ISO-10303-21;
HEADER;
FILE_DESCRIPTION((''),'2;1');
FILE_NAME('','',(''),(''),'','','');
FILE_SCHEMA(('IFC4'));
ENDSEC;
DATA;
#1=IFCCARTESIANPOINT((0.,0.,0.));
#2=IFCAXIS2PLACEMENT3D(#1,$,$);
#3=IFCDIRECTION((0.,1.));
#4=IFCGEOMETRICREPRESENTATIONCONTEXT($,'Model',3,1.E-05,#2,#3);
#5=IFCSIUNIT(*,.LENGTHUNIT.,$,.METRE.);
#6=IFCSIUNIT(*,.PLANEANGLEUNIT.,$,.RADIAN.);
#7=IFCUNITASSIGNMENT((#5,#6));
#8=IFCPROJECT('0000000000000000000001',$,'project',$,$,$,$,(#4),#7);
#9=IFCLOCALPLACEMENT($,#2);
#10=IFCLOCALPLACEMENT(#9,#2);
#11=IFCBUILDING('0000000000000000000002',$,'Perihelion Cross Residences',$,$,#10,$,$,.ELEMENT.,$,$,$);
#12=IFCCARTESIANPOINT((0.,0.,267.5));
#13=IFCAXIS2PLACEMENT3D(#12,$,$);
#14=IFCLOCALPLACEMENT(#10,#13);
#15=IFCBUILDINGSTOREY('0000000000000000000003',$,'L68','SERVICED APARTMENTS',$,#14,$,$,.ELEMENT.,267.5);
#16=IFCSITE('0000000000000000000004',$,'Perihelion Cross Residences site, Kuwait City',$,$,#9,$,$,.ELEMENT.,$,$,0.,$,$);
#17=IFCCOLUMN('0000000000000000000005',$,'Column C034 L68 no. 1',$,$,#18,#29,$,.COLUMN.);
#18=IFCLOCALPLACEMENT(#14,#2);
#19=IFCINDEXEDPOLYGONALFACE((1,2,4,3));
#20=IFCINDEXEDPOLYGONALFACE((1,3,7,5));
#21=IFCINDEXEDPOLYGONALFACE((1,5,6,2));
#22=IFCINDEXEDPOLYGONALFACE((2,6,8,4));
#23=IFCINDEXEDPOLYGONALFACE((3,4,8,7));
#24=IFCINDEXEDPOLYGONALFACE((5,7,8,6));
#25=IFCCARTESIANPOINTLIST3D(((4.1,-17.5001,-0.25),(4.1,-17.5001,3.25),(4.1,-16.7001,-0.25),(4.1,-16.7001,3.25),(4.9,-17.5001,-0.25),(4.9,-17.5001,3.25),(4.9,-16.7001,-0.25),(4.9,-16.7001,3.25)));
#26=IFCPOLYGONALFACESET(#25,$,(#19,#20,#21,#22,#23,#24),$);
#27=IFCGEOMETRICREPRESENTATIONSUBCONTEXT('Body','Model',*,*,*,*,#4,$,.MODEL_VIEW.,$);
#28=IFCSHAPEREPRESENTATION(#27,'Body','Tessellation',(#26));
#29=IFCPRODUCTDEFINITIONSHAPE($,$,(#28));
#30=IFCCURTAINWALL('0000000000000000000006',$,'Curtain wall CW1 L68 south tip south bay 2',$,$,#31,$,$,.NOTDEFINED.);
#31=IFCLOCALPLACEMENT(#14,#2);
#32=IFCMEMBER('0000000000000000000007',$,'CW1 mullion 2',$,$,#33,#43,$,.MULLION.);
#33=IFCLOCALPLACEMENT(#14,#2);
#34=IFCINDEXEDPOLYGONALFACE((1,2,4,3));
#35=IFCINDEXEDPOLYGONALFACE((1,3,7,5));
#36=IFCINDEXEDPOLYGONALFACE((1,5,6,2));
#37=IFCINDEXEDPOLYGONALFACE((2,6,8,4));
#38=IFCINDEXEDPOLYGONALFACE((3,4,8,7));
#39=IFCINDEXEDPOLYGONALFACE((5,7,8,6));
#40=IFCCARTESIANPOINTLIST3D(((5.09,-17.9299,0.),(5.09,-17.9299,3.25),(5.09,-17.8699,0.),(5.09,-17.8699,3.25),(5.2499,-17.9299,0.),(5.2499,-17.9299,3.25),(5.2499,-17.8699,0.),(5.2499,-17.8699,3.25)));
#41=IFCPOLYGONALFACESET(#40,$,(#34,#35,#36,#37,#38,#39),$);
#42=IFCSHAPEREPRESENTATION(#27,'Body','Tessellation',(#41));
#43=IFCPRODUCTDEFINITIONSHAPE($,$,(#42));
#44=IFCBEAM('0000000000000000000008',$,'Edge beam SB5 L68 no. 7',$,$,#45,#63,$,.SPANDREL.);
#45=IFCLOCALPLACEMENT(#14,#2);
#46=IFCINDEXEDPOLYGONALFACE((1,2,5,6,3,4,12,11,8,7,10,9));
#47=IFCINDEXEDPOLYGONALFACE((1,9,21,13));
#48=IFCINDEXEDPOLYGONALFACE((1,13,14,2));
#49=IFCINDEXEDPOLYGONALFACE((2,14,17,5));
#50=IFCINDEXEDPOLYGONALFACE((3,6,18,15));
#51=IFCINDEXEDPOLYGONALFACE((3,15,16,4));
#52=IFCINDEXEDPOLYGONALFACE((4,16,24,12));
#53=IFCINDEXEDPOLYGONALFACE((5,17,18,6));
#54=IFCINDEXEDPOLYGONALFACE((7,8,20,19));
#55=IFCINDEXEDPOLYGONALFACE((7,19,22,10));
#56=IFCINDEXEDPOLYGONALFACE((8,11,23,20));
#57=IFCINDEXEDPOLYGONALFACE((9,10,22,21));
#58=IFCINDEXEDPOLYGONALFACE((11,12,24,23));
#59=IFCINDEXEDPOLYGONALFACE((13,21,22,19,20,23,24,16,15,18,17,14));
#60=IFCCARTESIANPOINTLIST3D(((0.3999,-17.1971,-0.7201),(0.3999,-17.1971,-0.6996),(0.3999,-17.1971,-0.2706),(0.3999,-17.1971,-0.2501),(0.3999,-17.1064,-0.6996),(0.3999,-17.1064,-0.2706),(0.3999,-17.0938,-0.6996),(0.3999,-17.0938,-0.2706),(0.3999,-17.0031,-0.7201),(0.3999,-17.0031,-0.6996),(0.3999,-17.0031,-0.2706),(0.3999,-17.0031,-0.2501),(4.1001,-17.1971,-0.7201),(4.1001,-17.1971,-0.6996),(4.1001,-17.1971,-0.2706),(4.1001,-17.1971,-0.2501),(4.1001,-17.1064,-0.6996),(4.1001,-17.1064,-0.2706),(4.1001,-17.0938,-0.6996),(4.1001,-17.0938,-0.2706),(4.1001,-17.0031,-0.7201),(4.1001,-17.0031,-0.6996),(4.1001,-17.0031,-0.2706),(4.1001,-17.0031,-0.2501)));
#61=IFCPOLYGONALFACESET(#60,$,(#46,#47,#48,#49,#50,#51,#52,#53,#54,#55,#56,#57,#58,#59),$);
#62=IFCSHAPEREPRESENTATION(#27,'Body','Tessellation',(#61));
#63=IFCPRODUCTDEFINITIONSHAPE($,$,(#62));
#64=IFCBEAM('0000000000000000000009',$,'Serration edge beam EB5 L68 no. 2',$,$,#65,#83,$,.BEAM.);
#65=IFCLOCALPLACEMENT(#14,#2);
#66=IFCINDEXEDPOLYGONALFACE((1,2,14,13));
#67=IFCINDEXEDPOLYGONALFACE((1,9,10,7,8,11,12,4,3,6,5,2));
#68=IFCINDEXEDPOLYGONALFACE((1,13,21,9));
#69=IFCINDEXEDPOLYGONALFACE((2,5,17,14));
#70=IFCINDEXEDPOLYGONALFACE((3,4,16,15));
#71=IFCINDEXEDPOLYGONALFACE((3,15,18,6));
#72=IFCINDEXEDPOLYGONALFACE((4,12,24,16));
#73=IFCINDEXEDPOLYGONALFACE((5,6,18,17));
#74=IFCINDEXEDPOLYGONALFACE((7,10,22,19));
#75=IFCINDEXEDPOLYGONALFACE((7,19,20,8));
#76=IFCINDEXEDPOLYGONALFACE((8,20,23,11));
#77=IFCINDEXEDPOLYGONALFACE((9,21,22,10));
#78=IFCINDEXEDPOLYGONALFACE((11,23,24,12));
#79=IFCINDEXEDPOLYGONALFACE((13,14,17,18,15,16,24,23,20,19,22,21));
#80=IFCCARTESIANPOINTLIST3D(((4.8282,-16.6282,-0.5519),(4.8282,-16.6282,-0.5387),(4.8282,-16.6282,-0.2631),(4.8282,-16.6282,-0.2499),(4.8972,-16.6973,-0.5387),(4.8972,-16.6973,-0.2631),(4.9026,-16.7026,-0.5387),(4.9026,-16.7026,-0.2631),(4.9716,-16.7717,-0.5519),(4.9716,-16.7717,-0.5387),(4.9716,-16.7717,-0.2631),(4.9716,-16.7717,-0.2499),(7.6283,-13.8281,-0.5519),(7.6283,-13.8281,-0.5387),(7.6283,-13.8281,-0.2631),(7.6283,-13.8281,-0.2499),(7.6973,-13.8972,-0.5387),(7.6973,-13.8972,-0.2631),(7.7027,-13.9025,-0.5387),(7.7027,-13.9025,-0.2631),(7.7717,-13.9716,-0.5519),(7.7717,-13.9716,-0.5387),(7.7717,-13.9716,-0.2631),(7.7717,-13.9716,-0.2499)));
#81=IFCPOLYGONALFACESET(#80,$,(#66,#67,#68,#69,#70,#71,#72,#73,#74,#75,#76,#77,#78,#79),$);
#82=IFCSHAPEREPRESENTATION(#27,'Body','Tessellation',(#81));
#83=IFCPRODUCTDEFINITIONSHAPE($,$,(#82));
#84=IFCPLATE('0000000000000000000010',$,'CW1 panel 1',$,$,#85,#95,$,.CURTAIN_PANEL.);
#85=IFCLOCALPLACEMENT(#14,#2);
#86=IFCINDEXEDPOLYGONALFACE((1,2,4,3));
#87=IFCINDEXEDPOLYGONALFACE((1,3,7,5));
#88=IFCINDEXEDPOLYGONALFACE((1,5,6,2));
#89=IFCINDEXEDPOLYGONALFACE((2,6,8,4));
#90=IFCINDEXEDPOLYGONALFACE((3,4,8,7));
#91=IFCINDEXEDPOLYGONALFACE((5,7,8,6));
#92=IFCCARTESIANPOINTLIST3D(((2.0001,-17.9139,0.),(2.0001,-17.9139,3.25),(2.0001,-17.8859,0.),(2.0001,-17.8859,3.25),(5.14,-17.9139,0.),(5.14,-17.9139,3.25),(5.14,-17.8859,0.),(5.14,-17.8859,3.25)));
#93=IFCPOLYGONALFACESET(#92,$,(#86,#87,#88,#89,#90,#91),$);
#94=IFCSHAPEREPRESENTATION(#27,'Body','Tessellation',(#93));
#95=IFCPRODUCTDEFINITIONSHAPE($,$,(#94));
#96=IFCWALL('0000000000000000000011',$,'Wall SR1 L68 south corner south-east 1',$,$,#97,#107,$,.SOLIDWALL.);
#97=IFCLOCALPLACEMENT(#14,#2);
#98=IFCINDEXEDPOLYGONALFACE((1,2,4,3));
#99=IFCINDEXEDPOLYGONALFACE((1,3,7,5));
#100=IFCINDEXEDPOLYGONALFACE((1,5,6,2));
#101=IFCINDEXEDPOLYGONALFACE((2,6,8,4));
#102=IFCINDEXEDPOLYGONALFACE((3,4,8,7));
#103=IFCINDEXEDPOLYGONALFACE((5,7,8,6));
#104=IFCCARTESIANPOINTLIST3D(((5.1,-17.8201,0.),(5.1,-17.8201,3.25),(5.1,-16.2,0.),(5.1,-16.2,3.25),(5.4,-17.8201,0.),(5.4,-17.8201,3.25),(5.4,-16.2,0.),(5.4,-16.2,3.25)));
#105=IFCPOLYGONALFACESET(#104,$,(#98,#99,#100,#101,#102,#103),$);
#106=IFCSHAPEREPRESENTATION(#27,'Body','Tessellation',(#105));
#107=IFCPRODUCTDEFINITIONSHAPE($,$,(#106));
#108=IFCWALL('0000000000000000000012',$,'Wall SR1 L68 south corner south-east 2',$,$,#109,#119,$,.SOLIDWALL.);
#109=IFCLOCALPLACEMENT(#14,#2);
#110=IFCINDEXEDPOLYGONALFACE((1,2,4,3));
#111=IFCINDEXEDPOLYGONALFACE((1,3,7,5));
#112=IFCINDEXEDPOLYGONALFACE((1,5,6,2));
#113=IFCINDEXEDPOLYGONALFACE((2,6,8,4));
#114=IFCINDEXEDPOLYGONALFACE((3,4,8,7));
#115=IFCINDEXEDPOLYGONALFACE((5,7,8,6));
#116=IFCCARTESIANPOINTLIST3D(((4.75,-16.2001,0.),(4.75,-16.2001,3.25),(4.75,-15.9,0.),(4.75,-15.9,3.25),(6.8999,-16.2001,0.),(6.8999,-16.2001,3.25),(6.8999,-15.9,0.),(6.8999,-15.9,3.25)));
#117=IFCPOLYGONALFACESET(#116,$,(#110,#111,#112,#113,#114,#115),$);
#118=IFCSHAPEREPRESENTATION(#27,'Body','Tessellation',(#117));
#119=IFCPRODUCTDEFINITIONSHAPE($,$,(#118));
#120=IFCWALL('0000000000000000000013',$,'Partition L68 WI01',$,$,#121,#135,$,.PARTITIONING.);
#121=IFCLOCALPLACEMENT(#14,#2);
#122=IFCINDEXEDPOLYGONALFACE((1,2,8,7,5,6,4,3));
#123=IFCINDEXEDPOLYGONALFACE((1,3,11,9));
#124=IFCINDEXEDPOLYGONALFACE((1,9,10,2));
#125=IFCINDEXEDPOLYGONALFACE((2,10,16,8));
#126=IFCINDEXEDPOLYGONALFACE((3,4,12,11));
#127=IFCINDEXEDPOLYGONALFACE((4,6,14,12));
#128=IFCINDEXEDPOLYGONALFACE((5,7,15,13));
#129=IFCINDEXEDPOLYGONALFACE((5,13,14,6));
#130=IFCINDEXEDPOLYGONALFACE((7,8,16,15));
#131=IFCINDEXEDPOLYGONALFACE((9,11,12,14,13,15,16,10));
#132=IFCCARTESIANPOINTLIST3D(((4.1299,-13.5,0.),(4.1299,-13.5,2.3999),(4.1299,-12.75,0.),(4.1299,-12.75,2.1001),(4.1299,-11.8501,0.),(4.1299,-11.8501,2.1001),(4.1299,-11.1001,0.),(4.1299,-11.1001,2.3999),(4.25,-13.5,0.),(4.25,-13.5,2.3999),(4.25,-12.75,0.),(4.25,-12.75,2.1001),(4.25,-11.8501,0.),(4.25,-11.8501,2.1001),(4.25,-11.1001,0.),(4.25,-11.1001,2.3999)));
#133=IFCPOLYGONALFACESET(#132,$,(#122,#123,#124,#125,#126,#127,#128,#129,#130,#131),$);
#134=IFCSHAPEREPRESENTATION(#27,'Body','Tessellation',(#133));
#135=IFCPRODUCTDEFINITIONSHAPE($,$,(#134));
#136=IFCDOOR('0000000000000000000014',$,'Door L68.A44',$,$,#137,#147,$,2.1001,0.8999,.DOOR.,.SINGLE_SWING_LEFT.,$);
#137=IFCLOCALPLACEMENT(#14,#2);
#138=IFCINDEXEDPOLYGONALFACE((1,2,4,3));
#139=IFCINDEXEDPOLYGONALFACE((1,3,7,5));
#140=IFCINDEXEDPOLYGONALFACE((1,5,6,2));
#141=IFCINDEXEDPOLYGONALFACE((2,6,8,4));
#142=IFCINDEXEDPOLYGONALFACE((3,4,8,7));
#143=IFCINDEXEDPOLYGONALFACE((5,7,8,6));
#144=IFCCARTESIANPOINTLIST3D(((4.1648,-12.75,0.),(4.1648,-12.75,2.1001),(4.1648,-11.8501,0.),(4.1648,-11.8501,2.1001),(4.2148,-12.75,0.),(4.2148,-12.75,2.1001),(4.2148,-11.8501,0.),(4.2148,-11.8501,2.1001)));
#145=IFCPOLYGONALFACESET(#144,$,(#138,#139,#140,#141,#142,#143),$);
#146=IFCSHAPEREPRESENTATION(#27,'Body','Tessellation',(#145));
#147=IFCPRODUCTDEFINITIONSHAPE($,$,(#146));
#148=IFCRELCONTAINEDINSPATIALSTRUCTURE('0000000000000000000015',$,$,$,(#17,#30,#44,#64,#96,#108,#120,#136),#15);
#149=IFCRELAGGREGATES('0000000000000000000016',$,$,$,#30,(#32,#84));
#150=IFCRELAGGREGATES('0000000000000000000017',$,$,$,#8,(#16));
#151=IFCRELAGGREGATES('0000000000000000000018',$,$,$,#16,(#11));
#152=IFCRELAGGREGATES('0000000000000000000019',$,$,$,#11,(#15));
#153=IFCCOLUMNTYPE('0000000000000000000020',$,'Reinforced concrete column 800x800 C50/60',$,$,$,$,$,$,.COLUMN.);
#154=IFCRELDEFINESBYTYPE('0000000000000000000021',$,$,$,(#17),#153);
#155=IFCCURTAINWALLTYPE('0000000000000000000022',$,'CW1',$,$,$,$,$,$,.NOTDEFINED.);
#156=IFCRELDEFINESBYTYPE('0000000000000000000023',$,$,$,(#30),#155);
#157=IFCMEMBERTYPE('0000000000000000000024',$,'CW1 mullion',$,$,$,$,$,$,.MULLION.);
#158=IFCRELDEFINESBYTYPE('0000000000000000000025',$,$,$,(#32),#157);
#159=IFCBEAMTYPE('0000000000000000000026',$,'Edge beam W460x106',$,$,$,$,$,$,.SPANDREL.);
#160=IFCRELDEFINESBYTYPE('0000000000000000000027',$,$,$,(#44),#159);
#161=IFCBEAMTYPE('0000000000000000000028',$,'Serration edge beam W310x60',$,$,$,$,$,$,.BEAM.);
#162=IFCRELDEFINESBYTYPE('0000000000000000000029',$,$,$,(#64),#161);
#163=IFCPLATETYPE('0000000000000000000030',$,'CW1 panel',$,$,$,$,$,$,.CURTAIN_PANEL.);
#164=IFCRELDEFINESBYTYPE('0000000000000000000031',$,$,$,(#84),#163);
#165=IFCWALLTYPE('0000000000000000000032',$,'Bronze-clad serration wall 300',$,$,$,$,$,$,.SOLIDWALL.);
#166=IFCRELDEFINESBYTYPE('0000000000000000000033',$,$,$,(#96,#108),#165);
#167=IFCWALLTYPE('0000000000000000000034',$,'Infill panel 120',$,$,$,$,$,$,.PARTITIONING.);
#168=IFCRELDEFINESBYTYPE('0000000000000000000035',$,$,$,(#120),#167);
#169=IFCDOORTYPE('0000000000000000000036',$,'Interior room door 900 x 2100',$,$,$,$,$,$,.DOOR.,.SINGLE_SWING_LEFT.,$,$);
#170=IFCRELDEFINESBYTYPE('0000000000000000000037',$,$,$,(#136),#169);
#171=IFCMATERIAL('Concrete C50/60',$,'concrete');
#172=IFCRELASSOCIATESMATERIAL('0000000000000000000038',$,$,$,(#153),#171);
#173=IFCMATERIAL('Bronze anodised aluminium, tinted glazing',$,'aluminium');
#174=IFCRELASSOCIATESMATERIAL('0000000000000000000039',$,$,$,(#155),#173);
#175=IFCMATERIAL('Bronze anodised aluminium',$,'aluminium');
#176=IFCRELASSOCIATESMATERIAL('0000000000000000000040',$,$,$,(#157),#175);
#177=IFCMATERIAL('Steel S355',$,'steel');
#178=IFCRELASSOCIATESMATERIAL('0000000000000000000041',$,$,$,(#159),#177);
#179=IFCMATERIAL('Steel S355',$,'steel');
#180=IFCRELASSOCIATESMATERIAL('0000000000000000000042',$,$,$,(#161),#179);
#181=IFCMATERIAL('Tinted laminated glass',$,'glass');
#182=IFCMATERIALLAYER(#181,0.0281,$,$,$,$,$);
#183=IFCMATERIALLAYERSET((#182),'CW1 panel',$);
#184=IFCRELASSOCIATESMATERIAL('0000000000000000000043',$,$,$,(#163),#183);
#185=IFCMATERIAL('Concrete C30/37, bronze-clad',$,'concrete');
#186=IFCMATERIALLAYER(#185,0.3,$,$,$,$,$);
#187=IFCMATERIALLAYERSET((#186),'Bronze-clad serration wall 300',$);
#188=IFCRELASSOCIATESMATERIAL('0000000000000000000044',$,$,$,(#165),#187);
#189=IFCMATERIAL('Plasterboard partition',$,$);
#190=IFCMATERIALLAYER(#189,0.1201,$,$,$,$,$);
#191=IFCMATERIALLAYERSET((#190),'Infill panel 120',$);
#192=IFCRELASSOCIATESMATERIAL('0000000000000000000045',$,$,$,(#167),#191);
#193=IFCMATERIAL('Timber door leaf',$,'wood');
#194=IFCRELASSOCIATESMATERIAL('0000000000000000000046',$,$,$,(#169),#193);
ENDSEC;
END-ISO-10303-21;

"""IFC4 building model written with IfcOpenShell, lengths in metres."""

from ifc_helpers import new_model, si_unit, direction, frame, frame_2d, origin, origin_2d, place, context, subcontext, project, spatial, rectangle, i_section, extrude, material, layer, layer_set, material_profile, profile_set, type_object, element, fill, aggregate, save


model = new_model("IFC4")

# Units and contexts
model_context = context("Model", 3, precision=1e-05, world=origin(), true_north=direction((0.0, 1.0)))
body_context = subcontext(model_context, "Body", "Model", "MODEL_VIEW")
ifc_project = project(units=[si_unit("LENGTHUNIT", "METRE"), si_unit("PLANEANGLEUNIT", "RADIAN")], contexts=[model_context])

# Site, building, storey
site_placement = place(None, origin())
site = spatial("IfcSite", under=ifc_project, at=site_placement, Name="Perihelion Cross Residences site, Kuwait City", CompositionType="ELEMENT", RefElevation=0.0)
building_placement = place(site_placement, origin())
building = spatial("IfcBuilding", under=site, at=building_placement, Name="Perihelion Cross Residences", CompositionType="ELEMENT")
storey_placement = place(building_placement, frame((0.0, 0.0, 267.5)))
storey = spatial("IfcBuildingStorey", under=building, at=storey_placement, Name="L68", Description="SERVICED APARTMENTS", CompositionType="ELEMENT", Elevation=267.5)

# Column
ifc_material_1 = material(Name="Concrete C50/60", Category="concrete")
ifc_material_profile_1 = material_profile(ifc_material_1, rectangle(XDim=0.8, YDim=0.8, at=origin_2d()), Name="RC 800x800")
ifc_profile_set_1 = profile_set([ifc_material_profile_1], Name="Concrete C50/60")
column_type = type_object("IfcColumnType", Name="Reinforced concrete column 800x800 C50/60", PredefinedType="COLUMN", material=ifc_profile_set_1)
column_placement = place(storey_placement, frame((4.5, -17.1001, -0.25), z_axis=(0.0, 0.0, 1.0), x_axis=(1.0, 0.0, 0.0)))
element("IfcColumn", 1, at=column_placement, inside=storey, type_object=column_type, Name="Column C034 L68 no. 1", PredefinedType="COLUMN", context=body_context, shape_type="SweptSolid", body=[
    extrude(rectangle(XDim=0.8, YDim=0.8, at=origin_2d()), origin(), (0.0, 0.0, 1.0), 3.5),
])

# Curtain wall, member
ifc_material_2 = material(Name="Bronze anodised aluminium, tinted glazing", Category="aluminium")
curtain_wall_type = type_object("IfcCurtainWallType", Name="CW1", PredefinedType="NOTDEFINED", material=ifc_material_2)
curtain_wall_placement = place(storey_placement, origin())
curtain_wall = element("IfcCurtainWall", 2, at=curtain_wall_placement, inside=storey, type_object=curtain_wall_type, Name="Curtain wall CW1 L68 south tip south bay 2", PredefinedType="NOTDEFINED")
ifc_material_3 = material(Name="Bronze anodised aluminium", Category="aluminium")
ifc_material_profile_2 = material_profile(ifc_material_3, rectangle(XDim=0.0601, YDim=0.1599, at=origin_2d()), Name="CW1 mullion")
ifc_profile_set_2 = profile_set([ifc_material_profile_2], Name="Bronze anodised aluminium")
member_type = type_object("IfcMemberType", Name="CW1 mullion", PredefinedType="MULLION", material=ifc_profile_set_2)
member_placement = place(storey_placement, frame((5.1699, -17.8999, 0.0), z_axis=(0.0, 0.0, 1.0), x_axis=(0.0, 1.0, 0.0)))
member = element("IfcMember", 3, at=member_placement, type_object=member_type, Name="CW1 mullion 2", PredefinedType="MULLION", context=body_context, shape_type="SweptSolid", body=[
    extrude(rectangle(XDim=0.0601, YDim=0.1599, at=origin_2d()), origin(), (0.0, 0.0, 1.0), 3.25),
])

# Beams
ifc_material_4 = material(Name="Steel S355", Category="steel")
ifc_material_profile_3 = material_profile(ifc_material_4, i_section(OverallWidth=0.1941, OverallDepth=0.47, WebThickness=0.0127, FlangeThickness=0.0205, at=origin_2d()), Name="W460x106")
ifc_profile_set_3 = profile_set([ifc_material_profile_3], Name="Steel S355")
beam_type_1 = type_object("IfcBeamType", Name="Edge beam W460x106", PredefinedType="SPANDREL", material=ifc_profile_set_3)
beam_1_placement = place(storey_placement, frame((0.3999, -17.1001, -0.4851), z_axis=(1.0, 0.0, 0.0), x_axis=(0.0, 1.0, 0.0)))
element("IfcBeam", 4, at=beam_1_placement, inside=storey, type_object=beam_type_1, Name="Edge beam SB5 L68 no. 7", PredefinedType="SPANDREL", context=body_context, shape_type="SweptSolid", body=[
    extrude(i_section(OverallWidth=0.1941, OverallDepth=0.47, WebThickness=0.0127, FlangeThickness=0.0205, at=origin_2d()), origin(), (0.0, 0.0, 1.0), 3.7002),
])
ifc_material_5 = material(Name="Steel S355", Category="steel")
ifc_material_profile_4 = material_profile(ifc_material_5, i_section(OverallWidth=0.2029, OverallDepth=0.302, WebThickness=0.0076, FlangeThickness=0.0132, at=origin_2d()), Name="W310x60")
ifc_profile_set_4 = profile_set([ifc_material_profile_4], Name="Steel S355")
beam_type_2 = type_object("IfcBeamType", Name="Serration edge beam W310x60", PredefinedType="BEAM", material=ifc_profile_set_4)
beam_2_placement = place(storey_placement, frame((4.8999, -16.7, -0.4009), z_axis=(0.707107, 0.707107, 0.0), x_axis=(-0.707107, 0.707107, 0.0)))
element("IfcBeam", 5, at=beam_2_placement, inside=storey, type_object=beam_type_2, Name="Serration edge beam EB5 L68 no. 2", PredefinedType="BEAM", context=body_context, shape_type="SweptSolid", body=[
    extrude(i_section(OverallWidth=0.2029, OverallDepth=0.302, WebThickness=0.0076, FlangeThickness=0.0132, at=origin_2d()), origin(), (0.0, 0.0, 1.0), 3.96),
])

# Plate
ifc_material_6 = material(Name="Tinted laminated glass", Category="glass")
ifc_layer_1 = layer(ifc_material_6, 0.0281)
ifc_layer_set_1 = layer_set([ifc_layer_1], Name="CW1 panel")
plate_type = type_object("IfcPlateType", Name="CW1 panel", PredefinedType="CURTAIN_PANEL", material=ifc_layer_set_1)
plate_placement = place(storey_placement, frame((3.5701, -17.8999, 0.0), z_axis=(0.0, 0.0, 1.0), x_axis=(1.0, 0.0, 0.0)))
plate = element("IfcPlate", 6, at=plate_placement, type_object=plate_type, Name="CW1 panel 1", PredefinedType="CURTAIN_PANEL", context=body_context, shape_type="SweptSolid", body=[
    extrude(rectangle(XDim=3.1399, YDim=0.0281, at=origin_2d()), origin(), (0.0, 0.0, 1.0), 3.25),
])
aggregate(curtain_wall, [member, plate])

# Walls
ifc_material_7 = material(Name="Concrete C30/37, bronze-clad", Category="concrete")
ifc_layer_2 = layer(ifc_material_7, 0.3)
ifc_layer_set_2 = layer_set([ifc_layer_2], Name="Bronze-clad serration wall 300")
wall_type_1 = type_object("IfcWallType", Name="Bronze-clad serration wall 300", PredefinedType="SOLIDWALL", material=ifc_layer_set_2)
wall_1_placement = place(storey_placement, frame((5.25, -17.8201, 0.0), z_axis=(0.0, 0.0, 1.0), x_axis=(0.0, 1.0, 0.0)))
element("IfcWall", 7, at=wall_1_placement, inside=storey, type_object=wall_type_1, Name="Wall SR1 L68 south corner south-east 1", PredefinedType="SOLIDWALL", context=body_context, shape_type="SweptSolid", body=[
    extrude(rectangle(XDim=1.6201, YDim=0.3, at=frame_2d((0.8101, 0.0))), origin(), (0.0, 0.0, 1.0), 3.25),
])
wall_2_placement = place(storey_placement, frame((4.75, -16.05, 0.0), z_axis=(0.0, 0.0, 1.0), x_axis=(1.0, 0.0, 0.0)))
element("IfcWall", 8, at=wall_2_placement, inside=storey, type_object=wall_type_1, Name="Wall SR1 L68 south corner south-east 2", PredefinedType="SOLIDWALL", context=body_context, shape_type="SweptSolid", body=[
    extrude(rectangle(XDim=2.1499, YDim=0.3, at=frame_2d((1.075, 0.0))), origin(), (0.0, 0.0, 1.0), 3.25),
])

# Wall, opening, door
ifc_material_8 = material(Name="Plasterboard partition")
ifc_layer_3 = layer(ifc_material_8, 0.1201)
ifc_layer_set_3 = layer_set([ifc_layer_3], Name="Infill panel 120")
wall_type_2 = type_object("IfcWallType", Name="Infill panel 120", PredefinedType="PARTITIONING", material=ifc_layer_set_3)
wall_3_placement = place(storey_placement, frame((4.1899, -11.1001, 0.0), z_axis=(0.0, 0.0, 1.0), x_axis=(0.0, -1.0, 0.0)))
wall_3 = element("IfcWall", 9, at=wall_3_placement, inside=storey, type_object=wall_type_2, Name="Partition L68 WI01", PredefinedType="PARTITIONING", context=body_context, shape_type="SweptSolid", body=[
    extrude(rectangle(XDim=2.3999, YDim=0.1201, at=frame_2d((1.2, 0.0))), origin(), (0.0, 0.0, 1.0), 2.3999),
])
opening_1_placement = place(wall_3_placement, frame((0.75, 0.0, 0.0)))
opening_1 = element("IfcOpeningElement", 10, at=opening_1_placement, cuts=wall_3, PredefinedType="OPENING", context=body_context, shape_type="SweptSolid", body=[
    extrude(rectangle(XDim=0.8999, YDim=2.1001, at=frame_2d((0.45, 1.05))), frame((0.0, 0.0701, 0.0), z_axis=(0.0, -1.0, 0.0), x_axis=(1.0, 0.0, 0.0)), (0.0, 0.0, 1.0), 0.1401),
])
ifc_material_9 = material(Name="Timber door leaf", Category="wood")
door_type_1 = type_object("IfcDoorType", Name="Interior room door 900 x 2100", OperationType="SINGLE_SWING_LEFT", PredefinedType="DOOR", material=ifc_material_9)
door_1_placement = place(opening_1_placement, origin())
door_1 = element("IfcDoor", 11, at=door_1_placement, inside=storey, type_object=door_type_1, Name="Door L68.A44", OperationType="SINGLE_SWING_LEFT", OverallHeight=2.1001, OverallWidth=0.8999, PredefinedType="DOOR", context=body_context, shape_type="SweptSolid", body=[
    extrude(rectangle(XDim=0.8999, YDim=2.1001, at=frame_2d((0.45, 1.05))), frame((0.0, 0.0249, 0.0), z_axis=(0.0, -1.0, 0.0), x_axis=(1.0, 0.0, 0.0)), (0.0, 0.0, 1.0), 0.05),
])
fill(opening_1, door_1)

save(model, "model.ifc")
